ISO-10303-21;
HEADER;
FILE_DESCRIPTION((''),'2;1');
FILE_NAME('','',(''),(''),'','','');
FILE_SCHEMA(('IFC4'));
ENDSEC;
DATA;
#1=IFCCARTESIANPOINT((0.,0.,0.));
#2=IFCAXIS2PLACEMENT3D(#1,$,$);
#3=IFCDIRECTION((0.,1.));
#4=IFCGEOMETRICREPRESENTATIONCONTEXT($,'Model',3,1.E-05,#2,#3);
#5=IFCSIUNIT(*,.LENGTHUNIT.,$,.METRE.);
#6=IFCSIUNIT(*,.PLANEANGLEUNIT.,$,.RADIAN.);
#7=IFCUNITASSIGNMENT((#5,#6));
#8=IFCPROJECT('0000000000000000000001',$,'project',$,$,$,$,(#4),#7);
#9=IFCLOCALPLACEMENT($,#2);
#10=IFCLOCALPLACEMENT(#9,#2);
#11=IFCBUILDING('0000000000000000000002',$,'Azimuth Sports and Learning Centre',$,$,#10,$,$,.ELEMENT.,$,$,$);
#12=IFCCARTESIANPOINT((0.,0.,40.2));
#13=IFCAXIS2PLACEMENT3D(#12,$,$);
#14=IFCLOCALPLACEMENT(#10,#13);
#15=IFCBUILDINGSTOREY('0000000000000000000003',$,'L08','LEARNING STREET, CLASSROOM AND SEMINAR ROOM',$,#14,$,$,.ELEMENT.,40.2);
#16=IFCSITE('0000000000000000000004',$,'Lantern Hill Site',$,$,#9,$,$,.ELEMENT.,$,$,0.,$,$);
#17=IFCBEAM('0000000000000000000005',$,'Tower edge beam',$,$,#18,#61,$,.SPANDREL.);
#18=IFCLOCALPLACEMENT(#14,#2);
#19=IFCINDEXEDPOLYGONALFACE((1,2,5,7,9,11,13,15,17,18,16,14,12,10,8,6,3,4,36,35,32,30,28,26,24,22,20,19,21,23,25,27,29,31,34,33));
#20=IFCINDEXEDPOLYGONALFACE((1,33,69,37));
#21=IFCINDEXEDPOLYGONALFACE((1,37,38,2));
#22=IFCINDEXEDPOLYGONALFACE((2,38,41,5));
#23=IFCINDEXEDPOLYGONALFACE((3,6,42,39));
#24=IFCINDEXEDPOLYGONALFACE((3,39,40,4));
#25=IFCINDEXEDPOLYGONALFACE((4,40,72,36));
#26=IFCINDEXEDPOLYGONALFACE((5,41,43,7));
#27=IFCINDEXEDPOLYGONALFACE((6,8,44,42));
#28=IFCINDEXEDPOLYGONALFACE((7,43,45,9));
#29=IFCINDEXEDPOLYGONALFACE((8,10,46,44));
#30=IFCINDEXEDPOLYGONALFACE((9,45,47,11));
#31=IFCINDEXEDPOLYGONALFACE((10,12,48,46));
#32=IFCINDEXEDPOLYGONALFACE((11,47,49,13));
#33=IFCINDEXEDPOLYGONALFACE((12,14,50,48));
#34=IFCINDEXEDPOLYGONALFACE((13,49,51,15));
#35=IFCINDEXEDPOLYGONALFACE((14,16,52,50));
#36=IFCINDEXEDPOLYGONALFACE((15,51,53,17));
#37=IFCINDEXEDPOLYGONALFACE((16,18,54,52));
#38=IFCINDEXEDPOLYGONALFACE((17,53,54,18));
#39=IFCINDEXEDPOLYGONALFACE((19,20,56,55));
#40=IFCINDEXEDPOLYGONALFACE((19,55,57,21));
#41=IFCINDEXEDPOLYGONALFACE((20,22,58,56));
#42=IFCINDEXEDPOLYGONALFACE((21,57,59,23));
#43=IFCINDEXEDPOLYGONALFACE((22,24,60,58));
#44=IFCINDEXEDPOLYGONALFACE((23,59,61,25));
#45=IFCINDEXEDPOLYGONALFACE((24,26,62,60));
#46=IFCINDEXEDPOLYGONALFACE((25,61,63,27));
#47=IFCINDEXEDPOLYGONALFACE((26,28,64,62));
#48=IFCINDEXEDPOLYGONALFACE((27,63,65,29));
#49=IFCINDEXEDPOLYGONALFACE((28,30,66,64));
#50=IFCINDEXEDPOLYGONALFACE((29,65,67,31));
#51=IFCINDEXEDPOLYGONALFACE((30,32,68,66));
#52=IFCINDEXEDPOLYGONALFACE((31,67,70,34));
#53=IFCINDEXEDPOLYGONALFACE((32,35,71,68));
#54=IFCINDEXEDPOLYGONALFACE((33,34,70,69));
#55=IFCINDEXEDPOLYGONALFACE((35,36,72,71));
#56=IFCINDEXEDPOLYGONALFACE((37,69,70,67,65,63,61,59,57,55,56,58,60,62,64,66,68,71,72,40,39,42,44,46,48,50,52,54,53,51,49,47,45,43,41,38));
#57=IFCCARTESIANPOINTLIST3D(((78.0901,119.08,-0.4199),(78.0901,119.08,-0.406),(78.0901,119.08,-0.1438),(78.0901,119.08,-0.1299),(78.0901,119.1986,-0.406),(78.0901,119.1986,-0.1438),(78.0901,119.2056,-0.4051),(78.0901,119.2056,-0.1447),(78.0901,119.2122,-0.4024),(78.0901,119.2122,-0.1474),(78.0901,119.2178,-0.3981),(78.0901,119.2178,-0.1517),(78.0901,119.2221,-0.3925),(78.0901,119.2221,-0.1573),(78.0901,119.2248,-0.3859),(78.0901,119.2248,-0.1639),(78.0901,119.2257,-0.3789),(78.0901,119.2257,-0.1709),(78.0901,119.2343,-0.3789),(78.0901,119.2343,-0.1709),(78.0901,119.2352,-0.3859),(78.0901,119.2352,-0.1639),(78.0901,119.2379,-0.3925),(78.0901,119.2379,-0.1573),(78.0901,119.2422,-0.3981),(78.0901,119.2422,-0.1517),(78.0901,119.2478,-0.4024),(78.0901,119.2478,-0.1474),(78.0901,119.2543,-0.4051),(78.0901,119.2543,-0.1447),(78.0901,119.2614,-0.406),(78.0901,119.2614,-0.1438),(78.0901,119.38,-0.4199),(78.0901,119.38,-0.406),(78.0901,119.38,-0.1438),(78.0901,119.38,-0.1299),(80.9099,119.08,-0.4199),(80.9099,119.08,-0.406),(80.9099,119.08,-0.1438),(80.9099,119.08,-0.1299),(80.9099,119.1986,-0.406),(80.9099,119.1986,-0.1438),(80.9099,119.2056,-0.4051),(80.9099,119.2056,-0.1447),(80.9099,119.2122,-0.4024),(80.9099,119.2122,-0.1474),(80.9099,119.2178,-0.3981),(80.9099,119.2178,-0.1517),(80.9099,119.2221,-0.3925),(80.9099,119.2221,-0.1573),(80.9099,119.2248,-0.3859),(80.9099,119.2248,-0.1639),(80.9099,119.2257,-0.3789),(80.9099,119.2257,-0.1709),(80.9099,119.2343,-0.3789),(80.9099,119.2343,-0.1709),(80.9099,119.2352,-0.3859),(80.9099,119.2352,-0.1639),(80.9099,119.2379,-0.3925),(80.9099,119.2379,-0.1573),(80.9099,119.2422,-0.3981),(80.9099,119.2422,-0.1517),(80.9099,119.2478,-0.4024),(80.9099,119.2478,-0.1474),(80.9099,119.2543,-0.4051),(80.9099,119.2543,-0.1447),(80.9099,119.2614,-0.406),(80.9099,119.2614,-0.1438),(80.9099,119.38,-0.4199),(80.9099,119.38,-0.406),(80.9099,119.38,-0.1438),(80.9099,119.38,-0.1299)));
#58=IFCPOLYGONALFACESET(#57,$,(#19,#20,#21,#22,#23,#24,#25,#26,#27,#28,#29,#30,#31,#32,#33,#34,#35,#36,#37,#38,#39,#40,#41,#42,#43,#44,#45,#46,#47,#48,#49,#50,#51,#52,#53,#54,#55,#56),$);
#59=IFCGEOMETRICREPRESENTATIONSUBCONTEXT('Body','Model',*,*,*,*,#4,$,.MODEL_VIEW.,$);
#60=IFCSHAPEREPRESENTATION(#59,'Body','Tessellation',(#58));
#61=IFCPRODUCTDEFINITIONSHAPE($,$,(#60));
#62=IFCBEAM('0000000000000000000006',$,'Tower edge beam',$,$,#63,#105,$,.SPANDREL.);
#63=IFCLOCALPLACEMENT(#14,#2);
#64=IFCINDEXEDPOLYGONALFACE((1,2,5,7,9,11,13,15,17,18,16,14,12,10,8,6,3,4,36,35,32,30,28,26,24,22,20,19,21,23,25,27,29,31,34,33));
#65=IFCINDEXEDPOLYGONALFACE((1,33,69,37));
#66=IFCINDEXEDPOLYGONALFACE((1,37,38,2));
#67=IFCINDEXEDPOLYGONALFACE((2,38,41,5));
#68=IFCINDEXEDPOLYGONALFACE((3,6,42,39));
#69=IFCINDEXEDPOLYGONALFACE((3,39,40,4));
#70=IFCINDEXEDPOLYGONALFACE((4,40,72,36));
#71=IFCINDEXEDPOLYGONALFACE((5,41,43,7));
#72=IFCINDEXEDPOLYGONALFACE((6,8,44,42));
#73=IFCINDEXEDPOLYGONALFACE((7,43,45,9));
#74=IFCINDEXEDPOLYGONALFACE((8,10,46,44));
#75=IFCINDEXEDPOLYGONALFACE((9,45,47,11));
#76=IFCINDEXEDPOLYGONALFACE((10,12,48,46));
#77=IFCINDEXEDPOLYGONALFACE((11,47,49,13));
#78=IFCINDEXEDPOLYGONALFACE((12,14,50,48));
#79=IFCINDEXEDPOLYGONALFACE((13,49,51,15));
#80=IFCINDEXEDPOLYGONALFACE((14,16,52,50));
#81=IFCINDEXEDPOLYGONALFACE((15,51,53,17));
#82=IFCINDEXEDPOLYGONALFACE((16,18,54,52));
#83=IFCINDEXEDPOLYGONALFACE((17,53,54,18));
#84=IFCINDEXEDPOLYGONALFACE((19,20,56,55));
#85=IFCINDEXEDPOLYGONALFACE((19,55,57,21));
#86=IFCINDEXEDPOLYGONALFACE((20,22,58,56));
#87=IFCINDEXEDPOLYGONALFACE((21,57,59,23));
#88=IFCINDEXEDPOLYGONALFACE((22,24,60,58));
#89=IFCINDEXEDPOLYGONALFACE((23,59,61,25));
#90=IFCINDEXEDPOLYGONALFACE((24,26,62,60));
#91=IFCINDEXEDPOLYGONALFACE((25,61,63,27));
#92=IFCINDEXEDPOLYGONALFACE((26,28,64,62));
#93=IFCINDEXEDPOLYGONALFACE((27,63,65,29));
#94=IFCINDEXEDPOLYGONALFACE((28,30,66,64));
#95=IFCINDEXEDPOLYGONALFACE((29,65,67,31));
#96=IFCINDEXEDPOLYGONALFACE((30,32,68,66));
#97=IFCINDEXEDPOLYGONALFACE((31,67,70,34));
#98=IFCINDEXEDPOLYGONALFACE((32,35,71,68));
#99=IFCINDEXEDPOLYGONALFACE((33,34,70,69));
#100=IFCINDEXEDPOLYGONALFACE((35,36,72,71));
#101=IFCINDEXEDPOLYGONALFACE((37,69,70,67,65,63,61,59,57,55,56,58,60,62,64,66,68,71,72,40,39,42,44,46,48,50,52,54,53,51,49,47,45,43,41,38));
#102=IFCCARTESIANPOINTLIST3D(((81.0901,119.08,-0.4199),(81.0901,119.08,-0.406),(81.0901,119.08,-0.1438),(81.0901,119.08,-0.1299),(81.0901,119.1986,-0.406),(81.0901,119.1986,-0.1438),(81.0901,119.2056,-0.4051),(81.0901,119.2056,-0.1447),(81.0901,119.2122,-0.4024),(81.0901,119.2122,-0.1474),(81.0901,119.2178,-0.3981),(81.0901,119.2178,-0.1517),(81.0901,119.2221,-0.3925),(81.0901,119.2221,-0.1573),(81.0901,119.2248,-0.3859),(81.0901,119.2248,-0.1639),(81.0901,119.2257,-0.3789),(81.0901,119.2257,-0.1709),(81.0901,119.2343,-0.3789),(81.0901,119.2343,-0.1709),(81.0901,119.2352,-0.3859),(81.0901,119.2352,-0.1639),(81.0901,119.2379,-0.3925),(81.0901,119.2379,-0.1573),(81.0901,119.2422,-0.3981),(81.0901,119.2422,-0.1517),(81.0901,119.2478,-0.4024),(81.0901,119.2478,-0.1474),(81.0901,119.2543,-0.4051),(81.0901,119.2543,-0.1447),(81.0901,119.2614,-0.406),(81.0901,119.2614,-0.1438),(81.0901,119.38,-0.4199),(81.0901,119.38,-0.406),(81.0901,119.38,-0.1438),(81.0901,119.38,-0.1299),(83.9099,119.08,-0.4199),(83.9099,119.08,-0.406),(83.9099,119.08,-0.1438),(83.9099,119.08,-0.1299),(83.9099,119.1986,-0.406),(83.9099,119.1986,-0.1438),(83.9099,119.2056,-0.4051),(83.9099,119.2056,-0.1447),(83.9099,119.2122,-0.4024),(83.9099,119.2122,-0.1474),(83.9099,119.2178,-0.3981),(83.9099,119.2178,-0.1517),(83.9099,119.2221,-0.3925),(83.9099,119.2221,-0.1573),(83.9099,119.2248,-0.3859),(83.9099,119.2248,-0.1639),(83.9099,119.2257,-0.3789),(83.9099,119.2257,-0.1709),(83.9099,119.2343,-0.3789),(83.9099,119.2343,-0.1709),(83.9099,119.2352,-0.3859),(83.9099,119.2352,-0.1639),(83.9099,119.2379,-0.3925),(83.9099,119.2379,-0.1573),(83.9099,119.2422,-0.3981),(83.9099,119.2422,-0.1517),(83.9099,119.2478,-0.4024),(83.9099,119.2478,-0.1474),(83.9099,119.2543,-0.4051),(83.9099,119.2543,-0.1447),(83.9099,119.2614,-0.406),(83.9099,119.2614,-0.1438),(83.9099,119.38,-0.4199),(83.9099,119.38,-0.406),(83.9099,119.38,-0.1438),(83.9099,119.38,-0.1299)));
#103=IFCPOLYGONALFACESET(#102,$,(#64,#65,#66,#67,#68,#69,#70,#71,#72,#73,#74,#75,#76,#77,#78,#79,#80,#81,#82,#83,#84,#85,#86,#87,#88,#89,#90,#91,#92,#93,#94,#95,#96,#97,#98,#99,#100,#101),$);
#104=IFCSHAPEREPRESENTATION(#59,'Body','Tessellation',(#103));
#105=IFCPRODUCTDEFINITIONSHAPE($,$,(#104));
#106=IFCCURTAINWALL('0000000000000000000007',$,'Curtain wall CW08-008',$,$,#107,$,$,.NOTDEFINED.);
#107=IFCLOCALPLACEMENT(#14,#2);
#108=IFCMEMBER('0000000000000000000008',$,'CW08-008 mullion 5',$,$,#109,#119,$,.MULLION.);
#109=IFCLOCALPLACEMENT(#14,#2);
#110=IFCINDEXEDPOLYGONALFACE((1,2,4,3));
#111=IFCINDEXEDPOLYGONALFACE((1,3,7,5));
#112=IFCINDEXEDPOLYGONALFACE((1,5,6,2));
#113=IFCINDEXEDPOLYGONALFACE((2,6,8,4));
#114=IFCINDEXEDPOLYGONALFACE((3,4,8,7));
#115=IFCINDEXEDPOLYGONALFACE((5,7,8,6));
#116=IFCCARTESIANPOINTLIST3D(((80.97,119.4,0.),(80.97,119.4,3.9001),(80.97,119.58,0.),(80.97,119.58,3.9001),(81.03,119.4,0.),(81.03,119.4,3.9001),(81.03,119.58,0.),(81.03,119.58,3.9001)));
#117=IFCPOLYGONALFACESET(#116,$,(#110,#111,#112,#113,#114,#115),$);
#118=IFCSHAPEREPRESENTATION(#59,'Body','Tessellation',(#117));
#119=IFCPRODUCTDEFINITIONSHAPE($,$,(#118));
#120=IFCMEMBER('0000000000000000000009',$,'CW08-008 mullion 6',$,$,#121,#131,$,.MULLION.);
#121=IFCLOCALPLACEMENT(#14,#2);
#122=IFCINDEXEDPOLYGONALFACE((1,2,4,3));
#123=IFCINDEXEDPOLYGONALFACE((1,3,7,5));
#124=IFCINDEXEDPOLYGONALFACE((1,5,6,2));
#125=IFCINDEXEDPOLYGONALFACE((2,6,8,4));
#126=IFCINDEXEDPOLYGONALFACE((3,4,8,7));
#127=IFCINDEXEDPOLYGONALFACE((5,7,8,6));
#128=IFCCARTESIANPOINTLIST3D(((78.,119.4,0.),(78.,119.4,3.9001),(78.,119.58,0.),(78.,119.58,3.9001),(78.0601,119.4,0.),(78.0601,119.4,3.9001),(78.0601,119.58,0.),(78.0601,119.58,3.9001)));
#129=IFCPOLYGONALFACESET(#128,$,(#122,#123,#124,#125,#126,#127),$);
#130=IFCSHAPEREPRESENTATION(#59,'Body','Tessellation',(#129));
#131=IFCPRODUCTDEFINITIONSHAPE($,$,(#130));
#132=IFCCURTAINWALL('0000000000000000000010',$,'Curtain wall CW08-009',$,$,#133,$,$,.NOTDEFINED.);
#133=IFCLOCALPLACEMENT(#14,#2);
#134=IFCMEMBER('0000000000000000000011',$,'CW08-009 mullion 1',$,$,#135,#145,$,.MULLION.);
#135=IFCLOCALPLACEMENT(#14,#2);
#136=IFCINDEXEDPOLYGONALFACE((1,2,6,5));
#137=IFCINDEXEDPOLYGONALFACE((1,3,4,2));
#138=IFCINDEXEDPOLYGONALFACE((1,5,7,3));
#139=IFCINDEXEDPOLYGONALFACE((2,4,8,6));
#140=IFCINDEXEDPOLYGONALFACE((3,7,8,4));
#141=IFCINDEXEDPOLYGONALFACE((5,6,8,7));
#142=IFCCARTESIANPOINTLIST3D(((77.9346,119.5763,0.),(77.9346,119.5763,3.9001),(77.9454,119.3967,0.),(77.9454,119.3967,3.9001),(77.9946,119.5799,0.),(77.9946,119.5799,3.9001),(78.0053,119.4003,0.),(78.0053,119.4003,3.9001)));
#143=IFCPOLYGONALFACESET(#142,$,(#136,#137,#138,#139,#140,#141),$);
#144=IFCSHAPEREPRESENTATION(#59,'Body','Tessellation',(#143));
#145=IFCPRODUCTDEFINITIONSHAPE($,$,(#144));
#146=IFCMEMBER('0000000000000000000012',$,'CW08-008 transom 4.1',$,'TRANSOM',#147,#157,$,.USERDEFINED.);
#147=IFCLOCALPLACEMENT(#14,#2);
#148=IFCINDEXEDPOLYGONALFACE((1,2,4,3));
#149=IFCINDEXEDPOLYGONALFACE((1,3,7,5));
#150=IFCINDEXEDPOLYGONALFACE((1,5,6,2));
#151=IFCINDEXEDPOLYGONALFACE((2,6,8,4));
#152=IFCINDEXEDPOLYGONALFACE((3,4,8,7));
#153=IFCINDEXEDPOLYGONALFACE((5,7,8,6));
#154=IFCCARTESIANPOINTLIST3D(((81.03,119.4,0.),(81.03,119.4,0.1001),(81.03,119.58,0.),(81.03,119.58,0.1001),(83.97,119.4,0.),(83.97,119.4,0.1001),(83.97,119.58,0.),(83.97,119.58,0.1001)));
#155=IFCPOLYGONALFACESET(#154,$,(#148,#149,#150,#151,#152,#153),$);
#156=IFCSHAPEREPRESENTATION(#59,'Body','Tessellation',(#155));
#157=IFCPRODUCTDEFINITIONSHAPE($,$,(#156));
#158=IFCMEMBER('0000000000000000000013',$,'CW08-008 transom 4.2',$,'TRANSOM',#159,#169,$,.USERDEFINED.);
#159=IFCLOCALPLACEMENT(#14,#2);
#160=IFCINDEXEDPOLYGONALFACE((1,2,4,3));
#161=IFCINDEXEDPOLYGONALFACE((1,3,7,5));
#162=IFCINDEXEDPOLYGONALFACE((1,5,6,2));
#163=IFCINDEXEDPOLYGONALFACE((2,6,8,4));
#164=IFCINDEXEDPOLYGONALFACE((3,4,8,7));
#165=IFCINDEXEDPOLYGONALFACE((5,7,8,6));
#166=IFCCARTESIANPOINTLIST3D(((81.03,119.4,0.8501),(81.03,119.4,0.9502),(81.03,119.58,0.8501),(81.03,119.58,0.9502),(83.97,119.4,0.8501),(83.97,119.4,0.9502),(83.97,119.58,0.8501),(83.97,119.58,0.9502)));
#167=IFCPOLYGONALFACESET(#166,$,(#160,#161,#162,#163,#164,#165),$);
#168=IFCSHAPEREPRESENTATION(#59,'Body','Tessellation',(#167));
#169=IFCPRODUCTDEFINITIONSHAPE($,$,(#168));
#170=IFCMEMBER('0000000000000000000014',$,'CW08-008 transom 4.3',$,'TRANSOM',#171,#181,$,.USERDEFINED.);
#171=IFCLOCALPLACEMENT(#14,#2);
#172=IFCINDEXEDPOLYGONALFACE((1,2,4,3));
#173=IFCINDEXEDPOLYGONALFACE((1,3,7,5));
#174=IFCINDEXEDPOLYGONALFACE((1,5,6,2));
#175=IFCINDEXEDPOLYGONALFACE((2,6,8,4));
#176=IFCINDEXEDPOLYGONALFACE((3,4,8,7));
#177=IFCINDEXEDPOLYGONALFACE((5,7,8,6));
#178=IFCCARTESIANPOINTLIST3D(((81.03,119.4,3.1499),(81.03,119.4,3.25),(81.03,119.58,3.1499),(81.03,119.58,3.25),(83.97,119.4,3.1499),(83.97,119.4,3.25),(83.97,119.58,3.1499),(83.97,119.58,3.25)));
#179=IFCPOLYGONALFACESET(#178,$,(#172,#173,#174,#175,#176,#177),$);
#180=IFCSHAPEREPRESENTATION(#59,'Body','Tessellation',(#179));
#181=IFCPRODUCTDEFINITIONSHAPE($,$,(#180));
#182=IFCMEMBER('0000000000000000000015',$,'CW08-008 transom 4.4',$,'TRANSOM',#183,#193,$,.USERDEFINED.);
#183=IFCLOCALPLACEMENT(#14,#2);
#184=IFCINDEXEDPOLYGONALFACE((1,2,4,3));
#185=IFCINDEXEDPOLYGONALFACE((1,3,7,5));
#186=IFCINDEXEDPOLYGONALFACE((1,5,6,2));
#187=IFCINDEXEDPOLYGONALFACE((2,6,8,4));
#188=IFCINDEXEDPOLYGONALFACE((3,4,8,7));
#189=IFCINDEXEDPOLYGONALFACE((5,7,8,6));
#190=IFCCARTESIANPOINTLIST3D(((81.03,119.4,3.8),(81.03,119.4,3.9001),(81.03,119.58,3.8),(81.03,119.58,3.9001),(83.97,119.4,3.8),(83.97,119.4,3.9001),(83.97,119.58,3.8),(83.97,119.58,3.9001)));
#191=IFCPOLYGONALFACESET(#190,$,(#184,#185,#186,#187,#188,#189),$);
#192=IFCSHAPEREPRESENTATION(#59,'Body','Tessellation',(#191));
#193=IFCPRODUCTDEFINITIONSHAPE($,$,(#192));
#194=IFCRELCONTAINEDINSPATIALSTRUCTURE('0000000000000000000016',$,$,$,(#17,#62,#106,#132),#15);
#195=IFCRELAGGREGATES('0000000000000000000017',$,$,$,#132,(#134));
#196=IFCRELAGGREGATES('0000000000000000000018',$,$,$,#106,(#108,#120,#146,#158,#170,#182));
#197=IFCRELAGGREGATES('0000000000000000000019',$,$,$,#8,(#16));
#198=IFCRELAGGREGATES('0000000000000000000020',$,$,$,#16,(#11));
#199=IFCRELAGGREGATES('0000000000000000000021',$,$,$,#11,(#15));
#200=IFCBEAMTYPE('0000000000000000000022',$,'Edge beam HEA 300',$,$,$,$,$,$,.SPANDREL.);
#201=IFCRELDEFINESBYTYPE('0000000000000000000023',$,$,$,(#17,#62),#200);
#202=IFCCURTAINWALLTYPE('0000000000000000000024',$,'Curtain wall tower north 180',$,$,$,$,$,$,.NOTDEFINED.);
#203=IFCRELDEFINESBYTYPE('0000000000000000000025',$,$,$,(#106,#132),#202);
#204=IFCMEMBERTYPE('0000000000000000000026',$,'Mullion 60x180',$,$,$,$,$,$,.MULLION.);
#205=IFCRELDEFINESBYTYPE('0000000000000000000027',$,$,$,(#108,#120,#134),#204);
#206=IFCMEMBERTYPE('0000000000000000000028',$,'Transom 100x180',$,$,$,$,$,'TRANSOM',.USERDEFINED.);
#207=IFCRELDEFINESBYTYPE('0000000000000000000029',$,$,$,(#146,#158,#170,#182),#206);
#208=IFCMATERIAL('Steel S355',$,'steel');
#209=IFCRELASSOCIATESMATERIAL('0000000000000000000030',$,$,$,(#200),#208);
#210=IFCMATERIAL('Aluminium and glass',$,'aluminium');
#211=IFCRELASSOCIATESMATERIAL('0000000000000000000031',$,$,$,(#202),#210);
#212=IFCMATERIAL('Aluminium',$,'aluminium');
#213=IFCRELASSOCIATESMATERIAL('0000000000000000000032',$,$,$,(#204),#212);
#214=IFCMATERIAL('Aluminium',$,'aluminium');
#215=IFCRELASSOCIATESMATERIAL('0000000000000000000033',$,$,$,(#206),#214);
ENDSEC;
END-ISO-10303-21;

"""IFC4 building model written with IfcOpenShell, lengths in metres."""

from ifc_helpers import new_model, si_unit, direction, frame, origin, origin_2d, place, context, subcontext, project, spatial, rectangle, i_section, extrude, material, material_profile, profile_set, type_object, element, aggregate, save


model = new_model("IFC4")

# Units and contexts
model_context = context("Model", 3, precision=1e-05, world=origin(), true_north=direction((0.0, 1.0)))
body_context = subcontext(model_context, "Body", "Model", "MODEL_VIEW")
ifc_project = project(units=[si_unit("LENGTHUNIT", "METRE"), si_unit("PLANEANGLEUNIT", "RADIAN")], contexts=[model_context])

# Site, building, storey
site_placement = place(None, origin())
site = spatial("IfcSite", under=ifc_project, at=site_placement, Name="Lantern Hill Site", CompositionType="ELEMENT", RefElevation=0.0)
building_placement = place(site_placement, origin())
building = spatial("IfcBuilding", under=site, at=building_placement, Name="Azimuth Sports and Learning Centre", CompositionType="ELEMENT")
storey_placement = place(building_placement, frame((0.0, 0.0, 40.2)))
storey = spatial("IfcBuildingStorey", under=building, at=storey_placement, Name="L08", Description="LEARNING STREET, CLASSROOM AND SEMINAR ROOM", CompositionType="ELEMENT", Elevation=40.2)

# Beams
ifc_material_1 = material(Name="Steel S355", Category="steel")
ifc_material_profile_1 = material_profile(ifc_material_1, i_section(OverallWidth=0.3, OverallDepth=0.29, WebThickness=0.0085, FlangeThickness=0.0139, FilletRadius=0.0271, at=origin_2d()), Name="HEA 300")
ifc_profile_set_1 = profile_set([ifc_material_profile_1], Name="Steel S355")
beam_type = type_object("IfcBeamType", Name="Edge beam HEA 300", PredefinedType="SPANDREL", material=ifc_profile_set_1)
for number, where, z_axis, x_axis, name in (
    (1, (78.0901, 119.23, -0.2749), (1.0, 0.0, 0.0), (0.0, 1.0, 0.0), "Tower edge beam"),
    (2, (81.0901, 119.23, -0.2749), (1.0, 0.0, 0.0), (0.0, 1.0, 0.0), "Tower edge beam"),
):
    element("IfcBeam", number, at=place(storey_placement, frame(where, z_axis=z_axis, x_axis=x_axis)), inside=storey, type_object=beam_type, Name=name, PredefinedType="SPANDREL", context=body_context, shape_type="SweptSolid", body=[
        extrude(i_section(OverallWidth=0.3, OverallDepth=0.29, WebThickness=0.0085, FlangeThickness=0.0139, FilletRadius=0.0271, at=origin_2d()), origin(), (0.0, 0.0, 1.0), 2.8198),
    ])

# Curtain wall, members
ifc_material_2 = material(Name="Aluminium and glass", Category="aluminium")
curtain_wall_type = type_object("IfcCurtainWallType", Name="Curtain wall tower north 180", PredefinedType="NOTDEFINED", material=ifc_material_2)
curtain_wall_1_placement = place(storey_placement, origin())
curtain_wall_1 = element("IfcCurtainWall", 3, at=curtain_wall_1_placement, inside=storey, type_object=curtain_wall_type, Name="Curtain wall CW08-008", PredefinedType="NOTDEFINED")
ifc_material_3 = material(Name="Aluminium", Category="aluminium")
ifc_material_profile_2 = material_profile(ifc_material_3, rectangle(XDim=0.1799, YDim=0.0601, at=origin_2d()), Name="Mullion 60x180")
ifc_profile_set_2 = profile_set([ifc_material_profile_2], Name="Aluminium")
member_type_1 = type_object("IfcMemberType", Name="Mullion 60x180", PredefinedType="MULLION", material=ifc_profile_set_2)
member_1_placement = place(storey_placement, frame((81.0, 119.49, 0.0), z_axis=(0.0, 0.0, 1.0), x_axis=(0.0, -1.0, 0.0)))
member_1 = element("IfcMember", 4, at=member_1_placement, type_object=member_type_1, Name="CW08-008 mullion 5", PredefinedType="MULLION", context=body_context, shape_type="SweptSolid", body=[
    extrude(rectangle(XDim=0.1799, YDim=0.0601, at=origin_2d()), origin(), (0.0, 0.0, 1.0), 3.9001),
])
member_2_placement = place(storey_placement, frame((78.03, 119.49, 0.0), z_axis=(0.0, 0.0, 1.0), x_axis=(0.0, -1.0, 0.0)))
member_2 = element("IfcMember", 5, at=member_2_placement, type_object=member_type_1, Name="CW08-008 mullion 6", PredefinedType="MULLION", context=body_context, shape_type="SweptSolid", body=[
    extrude(rectangle(XDim=0.1799, YDim=0.0601, at=origin_2d()), origin(), (0.0, 0.0, 1.0), 3.9001),
])

# Curtain wall, member
curtain_wall_2_placement = place(storey_placement, origin())
curtain_wall_2 = element("IfcCurtainWall", 6, at=curtain_wall_2_placement, inside=storey, type_object=curtain_wall_type, Name="Curtain wall CW08-009", PredefinedType="NOTDEFINED")
member_3_placement = place(storey_placement, frame((77.97, 119.4883, 0.0), z_axis=(0.0, 0.0, 1.0), x_axis=(0.059892, -0.998205, 0.0)))
member_3 = element("IfcMember", 7, at=member_3_placement, type_object=member_type_1, Name="CW08-009 mullion 1", PredefinedType="MULLION", context=body_context, shape_type="SweptSolid", body=[
    extrude(rectangle(XDim=0.1799, YDim=0.0601, at=origin_2d()), origin(), (0.0, 0.0, 1.0), 3.9001),
])

# Members
ifc_material_4 = material(Name="Aluminium", Category="aluminium")
ifc_material_profile_3 = material_profile(ifc_material_4, rectangle(XDim=0.1799, YDim=0.1001, at=origin_2d()), Name="Transom 100x180")
ifc_profile_set_3 = profile_set([ifc_material_profile_3], Name="Aluminium")
member_type_2 = type_object("IfcMemberType", Name="Transom 100x180", ElementType="TRANSOM", PredefinedType="USERDEFINED", material=ifc_profile_set_3)
member_4_placement = place(storey_placement, frame((83.97, 119.49, 0.05), z_axis=(-1.0, 0.0, 0.0), x_axis=(0.0, -1.0, 0.0)))
member_4 = element("IfcMember", 8, at=member_4_placement, type_object=member_type_2, Name="CW08-008 transom 4.1", ObjectType="TRANSOM", PredefinedType="USERDEFINED", context=body_context, shape_type="SweptSolid", body=[
    extrude(rectangle(XDim=0.1799, YDim=0.1001, at=origin_2d()), origin(), (0.0, 0.0, 1.0), 2.9399),
])
member_5_placement = place(storey_placement, frame((83.97, 119.49, 0.9001), z_axis=(-1.0, 0.0, 0.0), x_axis=(0.0, -1.0, 0.0)))
member_5 = element("IfcMember", 9, at=member_5_placement, type_object=member_type_2, Name="CW08-008 transom 4.2", ObjectType="TRANSOM", PredefinedType="USERDEFINED", context=body_context, shape_type="SweptSolid", body=[
    extrude(rectangle(XDim=0.1799, YDim=0.1001, at=origin_2d()), origin(), (0.0, 0.0, 1.0), 2.9399),
])
member_6_placement = place(storey_placement, frame((83.97, 119.49, 3.2), z_axis=(-1.0, 0.0, 0.0), x_axis=(0.0, -1.0, 0.0)))
member_6 = element("IfcMember", 10, at=member_6_placement, type_object=member_type_2, Name="CW08-008 transom 4.3", ObjectType="TRANSOM", PredefinedType="USERDEFINED", context=body_context, shape_type="SweptSolid", body=[
    extrude(rectangle(XDim=0.1799, YDim=0.1001, at=origin_2d()), origin(), (0.0, 0.0, 1.0), 2.9399),
])
member_7_placement = place(storey_placement, frame((83.97, 119.49, 3.8501), z_axis=(-1.0, 0.0, 0.0), x_axis=(0.0, -1.0, 0.0)))
member_7 = element("IfcMember", 11, at=member_7_placement, type_object=member_type_2, Name="CW08-008 transom 4.4", ObjectType="TRANSOM", PredefinedType="USERDEFINED", context=body_context, shape_type="SweptSolid", body=[
    extrude(rectangle(XDim=0.1799, YDim=0.1001, at=origin_2d()), origin(), (0.0, 0.0, 1.0), 2.9399),
])
aggregate(curtain_wall_2, [member_3])

aggregate(curtain_wall_1, [member_1, member_2, member_4, member_5, member_6, member_7])

save(model, "model.ifc")
